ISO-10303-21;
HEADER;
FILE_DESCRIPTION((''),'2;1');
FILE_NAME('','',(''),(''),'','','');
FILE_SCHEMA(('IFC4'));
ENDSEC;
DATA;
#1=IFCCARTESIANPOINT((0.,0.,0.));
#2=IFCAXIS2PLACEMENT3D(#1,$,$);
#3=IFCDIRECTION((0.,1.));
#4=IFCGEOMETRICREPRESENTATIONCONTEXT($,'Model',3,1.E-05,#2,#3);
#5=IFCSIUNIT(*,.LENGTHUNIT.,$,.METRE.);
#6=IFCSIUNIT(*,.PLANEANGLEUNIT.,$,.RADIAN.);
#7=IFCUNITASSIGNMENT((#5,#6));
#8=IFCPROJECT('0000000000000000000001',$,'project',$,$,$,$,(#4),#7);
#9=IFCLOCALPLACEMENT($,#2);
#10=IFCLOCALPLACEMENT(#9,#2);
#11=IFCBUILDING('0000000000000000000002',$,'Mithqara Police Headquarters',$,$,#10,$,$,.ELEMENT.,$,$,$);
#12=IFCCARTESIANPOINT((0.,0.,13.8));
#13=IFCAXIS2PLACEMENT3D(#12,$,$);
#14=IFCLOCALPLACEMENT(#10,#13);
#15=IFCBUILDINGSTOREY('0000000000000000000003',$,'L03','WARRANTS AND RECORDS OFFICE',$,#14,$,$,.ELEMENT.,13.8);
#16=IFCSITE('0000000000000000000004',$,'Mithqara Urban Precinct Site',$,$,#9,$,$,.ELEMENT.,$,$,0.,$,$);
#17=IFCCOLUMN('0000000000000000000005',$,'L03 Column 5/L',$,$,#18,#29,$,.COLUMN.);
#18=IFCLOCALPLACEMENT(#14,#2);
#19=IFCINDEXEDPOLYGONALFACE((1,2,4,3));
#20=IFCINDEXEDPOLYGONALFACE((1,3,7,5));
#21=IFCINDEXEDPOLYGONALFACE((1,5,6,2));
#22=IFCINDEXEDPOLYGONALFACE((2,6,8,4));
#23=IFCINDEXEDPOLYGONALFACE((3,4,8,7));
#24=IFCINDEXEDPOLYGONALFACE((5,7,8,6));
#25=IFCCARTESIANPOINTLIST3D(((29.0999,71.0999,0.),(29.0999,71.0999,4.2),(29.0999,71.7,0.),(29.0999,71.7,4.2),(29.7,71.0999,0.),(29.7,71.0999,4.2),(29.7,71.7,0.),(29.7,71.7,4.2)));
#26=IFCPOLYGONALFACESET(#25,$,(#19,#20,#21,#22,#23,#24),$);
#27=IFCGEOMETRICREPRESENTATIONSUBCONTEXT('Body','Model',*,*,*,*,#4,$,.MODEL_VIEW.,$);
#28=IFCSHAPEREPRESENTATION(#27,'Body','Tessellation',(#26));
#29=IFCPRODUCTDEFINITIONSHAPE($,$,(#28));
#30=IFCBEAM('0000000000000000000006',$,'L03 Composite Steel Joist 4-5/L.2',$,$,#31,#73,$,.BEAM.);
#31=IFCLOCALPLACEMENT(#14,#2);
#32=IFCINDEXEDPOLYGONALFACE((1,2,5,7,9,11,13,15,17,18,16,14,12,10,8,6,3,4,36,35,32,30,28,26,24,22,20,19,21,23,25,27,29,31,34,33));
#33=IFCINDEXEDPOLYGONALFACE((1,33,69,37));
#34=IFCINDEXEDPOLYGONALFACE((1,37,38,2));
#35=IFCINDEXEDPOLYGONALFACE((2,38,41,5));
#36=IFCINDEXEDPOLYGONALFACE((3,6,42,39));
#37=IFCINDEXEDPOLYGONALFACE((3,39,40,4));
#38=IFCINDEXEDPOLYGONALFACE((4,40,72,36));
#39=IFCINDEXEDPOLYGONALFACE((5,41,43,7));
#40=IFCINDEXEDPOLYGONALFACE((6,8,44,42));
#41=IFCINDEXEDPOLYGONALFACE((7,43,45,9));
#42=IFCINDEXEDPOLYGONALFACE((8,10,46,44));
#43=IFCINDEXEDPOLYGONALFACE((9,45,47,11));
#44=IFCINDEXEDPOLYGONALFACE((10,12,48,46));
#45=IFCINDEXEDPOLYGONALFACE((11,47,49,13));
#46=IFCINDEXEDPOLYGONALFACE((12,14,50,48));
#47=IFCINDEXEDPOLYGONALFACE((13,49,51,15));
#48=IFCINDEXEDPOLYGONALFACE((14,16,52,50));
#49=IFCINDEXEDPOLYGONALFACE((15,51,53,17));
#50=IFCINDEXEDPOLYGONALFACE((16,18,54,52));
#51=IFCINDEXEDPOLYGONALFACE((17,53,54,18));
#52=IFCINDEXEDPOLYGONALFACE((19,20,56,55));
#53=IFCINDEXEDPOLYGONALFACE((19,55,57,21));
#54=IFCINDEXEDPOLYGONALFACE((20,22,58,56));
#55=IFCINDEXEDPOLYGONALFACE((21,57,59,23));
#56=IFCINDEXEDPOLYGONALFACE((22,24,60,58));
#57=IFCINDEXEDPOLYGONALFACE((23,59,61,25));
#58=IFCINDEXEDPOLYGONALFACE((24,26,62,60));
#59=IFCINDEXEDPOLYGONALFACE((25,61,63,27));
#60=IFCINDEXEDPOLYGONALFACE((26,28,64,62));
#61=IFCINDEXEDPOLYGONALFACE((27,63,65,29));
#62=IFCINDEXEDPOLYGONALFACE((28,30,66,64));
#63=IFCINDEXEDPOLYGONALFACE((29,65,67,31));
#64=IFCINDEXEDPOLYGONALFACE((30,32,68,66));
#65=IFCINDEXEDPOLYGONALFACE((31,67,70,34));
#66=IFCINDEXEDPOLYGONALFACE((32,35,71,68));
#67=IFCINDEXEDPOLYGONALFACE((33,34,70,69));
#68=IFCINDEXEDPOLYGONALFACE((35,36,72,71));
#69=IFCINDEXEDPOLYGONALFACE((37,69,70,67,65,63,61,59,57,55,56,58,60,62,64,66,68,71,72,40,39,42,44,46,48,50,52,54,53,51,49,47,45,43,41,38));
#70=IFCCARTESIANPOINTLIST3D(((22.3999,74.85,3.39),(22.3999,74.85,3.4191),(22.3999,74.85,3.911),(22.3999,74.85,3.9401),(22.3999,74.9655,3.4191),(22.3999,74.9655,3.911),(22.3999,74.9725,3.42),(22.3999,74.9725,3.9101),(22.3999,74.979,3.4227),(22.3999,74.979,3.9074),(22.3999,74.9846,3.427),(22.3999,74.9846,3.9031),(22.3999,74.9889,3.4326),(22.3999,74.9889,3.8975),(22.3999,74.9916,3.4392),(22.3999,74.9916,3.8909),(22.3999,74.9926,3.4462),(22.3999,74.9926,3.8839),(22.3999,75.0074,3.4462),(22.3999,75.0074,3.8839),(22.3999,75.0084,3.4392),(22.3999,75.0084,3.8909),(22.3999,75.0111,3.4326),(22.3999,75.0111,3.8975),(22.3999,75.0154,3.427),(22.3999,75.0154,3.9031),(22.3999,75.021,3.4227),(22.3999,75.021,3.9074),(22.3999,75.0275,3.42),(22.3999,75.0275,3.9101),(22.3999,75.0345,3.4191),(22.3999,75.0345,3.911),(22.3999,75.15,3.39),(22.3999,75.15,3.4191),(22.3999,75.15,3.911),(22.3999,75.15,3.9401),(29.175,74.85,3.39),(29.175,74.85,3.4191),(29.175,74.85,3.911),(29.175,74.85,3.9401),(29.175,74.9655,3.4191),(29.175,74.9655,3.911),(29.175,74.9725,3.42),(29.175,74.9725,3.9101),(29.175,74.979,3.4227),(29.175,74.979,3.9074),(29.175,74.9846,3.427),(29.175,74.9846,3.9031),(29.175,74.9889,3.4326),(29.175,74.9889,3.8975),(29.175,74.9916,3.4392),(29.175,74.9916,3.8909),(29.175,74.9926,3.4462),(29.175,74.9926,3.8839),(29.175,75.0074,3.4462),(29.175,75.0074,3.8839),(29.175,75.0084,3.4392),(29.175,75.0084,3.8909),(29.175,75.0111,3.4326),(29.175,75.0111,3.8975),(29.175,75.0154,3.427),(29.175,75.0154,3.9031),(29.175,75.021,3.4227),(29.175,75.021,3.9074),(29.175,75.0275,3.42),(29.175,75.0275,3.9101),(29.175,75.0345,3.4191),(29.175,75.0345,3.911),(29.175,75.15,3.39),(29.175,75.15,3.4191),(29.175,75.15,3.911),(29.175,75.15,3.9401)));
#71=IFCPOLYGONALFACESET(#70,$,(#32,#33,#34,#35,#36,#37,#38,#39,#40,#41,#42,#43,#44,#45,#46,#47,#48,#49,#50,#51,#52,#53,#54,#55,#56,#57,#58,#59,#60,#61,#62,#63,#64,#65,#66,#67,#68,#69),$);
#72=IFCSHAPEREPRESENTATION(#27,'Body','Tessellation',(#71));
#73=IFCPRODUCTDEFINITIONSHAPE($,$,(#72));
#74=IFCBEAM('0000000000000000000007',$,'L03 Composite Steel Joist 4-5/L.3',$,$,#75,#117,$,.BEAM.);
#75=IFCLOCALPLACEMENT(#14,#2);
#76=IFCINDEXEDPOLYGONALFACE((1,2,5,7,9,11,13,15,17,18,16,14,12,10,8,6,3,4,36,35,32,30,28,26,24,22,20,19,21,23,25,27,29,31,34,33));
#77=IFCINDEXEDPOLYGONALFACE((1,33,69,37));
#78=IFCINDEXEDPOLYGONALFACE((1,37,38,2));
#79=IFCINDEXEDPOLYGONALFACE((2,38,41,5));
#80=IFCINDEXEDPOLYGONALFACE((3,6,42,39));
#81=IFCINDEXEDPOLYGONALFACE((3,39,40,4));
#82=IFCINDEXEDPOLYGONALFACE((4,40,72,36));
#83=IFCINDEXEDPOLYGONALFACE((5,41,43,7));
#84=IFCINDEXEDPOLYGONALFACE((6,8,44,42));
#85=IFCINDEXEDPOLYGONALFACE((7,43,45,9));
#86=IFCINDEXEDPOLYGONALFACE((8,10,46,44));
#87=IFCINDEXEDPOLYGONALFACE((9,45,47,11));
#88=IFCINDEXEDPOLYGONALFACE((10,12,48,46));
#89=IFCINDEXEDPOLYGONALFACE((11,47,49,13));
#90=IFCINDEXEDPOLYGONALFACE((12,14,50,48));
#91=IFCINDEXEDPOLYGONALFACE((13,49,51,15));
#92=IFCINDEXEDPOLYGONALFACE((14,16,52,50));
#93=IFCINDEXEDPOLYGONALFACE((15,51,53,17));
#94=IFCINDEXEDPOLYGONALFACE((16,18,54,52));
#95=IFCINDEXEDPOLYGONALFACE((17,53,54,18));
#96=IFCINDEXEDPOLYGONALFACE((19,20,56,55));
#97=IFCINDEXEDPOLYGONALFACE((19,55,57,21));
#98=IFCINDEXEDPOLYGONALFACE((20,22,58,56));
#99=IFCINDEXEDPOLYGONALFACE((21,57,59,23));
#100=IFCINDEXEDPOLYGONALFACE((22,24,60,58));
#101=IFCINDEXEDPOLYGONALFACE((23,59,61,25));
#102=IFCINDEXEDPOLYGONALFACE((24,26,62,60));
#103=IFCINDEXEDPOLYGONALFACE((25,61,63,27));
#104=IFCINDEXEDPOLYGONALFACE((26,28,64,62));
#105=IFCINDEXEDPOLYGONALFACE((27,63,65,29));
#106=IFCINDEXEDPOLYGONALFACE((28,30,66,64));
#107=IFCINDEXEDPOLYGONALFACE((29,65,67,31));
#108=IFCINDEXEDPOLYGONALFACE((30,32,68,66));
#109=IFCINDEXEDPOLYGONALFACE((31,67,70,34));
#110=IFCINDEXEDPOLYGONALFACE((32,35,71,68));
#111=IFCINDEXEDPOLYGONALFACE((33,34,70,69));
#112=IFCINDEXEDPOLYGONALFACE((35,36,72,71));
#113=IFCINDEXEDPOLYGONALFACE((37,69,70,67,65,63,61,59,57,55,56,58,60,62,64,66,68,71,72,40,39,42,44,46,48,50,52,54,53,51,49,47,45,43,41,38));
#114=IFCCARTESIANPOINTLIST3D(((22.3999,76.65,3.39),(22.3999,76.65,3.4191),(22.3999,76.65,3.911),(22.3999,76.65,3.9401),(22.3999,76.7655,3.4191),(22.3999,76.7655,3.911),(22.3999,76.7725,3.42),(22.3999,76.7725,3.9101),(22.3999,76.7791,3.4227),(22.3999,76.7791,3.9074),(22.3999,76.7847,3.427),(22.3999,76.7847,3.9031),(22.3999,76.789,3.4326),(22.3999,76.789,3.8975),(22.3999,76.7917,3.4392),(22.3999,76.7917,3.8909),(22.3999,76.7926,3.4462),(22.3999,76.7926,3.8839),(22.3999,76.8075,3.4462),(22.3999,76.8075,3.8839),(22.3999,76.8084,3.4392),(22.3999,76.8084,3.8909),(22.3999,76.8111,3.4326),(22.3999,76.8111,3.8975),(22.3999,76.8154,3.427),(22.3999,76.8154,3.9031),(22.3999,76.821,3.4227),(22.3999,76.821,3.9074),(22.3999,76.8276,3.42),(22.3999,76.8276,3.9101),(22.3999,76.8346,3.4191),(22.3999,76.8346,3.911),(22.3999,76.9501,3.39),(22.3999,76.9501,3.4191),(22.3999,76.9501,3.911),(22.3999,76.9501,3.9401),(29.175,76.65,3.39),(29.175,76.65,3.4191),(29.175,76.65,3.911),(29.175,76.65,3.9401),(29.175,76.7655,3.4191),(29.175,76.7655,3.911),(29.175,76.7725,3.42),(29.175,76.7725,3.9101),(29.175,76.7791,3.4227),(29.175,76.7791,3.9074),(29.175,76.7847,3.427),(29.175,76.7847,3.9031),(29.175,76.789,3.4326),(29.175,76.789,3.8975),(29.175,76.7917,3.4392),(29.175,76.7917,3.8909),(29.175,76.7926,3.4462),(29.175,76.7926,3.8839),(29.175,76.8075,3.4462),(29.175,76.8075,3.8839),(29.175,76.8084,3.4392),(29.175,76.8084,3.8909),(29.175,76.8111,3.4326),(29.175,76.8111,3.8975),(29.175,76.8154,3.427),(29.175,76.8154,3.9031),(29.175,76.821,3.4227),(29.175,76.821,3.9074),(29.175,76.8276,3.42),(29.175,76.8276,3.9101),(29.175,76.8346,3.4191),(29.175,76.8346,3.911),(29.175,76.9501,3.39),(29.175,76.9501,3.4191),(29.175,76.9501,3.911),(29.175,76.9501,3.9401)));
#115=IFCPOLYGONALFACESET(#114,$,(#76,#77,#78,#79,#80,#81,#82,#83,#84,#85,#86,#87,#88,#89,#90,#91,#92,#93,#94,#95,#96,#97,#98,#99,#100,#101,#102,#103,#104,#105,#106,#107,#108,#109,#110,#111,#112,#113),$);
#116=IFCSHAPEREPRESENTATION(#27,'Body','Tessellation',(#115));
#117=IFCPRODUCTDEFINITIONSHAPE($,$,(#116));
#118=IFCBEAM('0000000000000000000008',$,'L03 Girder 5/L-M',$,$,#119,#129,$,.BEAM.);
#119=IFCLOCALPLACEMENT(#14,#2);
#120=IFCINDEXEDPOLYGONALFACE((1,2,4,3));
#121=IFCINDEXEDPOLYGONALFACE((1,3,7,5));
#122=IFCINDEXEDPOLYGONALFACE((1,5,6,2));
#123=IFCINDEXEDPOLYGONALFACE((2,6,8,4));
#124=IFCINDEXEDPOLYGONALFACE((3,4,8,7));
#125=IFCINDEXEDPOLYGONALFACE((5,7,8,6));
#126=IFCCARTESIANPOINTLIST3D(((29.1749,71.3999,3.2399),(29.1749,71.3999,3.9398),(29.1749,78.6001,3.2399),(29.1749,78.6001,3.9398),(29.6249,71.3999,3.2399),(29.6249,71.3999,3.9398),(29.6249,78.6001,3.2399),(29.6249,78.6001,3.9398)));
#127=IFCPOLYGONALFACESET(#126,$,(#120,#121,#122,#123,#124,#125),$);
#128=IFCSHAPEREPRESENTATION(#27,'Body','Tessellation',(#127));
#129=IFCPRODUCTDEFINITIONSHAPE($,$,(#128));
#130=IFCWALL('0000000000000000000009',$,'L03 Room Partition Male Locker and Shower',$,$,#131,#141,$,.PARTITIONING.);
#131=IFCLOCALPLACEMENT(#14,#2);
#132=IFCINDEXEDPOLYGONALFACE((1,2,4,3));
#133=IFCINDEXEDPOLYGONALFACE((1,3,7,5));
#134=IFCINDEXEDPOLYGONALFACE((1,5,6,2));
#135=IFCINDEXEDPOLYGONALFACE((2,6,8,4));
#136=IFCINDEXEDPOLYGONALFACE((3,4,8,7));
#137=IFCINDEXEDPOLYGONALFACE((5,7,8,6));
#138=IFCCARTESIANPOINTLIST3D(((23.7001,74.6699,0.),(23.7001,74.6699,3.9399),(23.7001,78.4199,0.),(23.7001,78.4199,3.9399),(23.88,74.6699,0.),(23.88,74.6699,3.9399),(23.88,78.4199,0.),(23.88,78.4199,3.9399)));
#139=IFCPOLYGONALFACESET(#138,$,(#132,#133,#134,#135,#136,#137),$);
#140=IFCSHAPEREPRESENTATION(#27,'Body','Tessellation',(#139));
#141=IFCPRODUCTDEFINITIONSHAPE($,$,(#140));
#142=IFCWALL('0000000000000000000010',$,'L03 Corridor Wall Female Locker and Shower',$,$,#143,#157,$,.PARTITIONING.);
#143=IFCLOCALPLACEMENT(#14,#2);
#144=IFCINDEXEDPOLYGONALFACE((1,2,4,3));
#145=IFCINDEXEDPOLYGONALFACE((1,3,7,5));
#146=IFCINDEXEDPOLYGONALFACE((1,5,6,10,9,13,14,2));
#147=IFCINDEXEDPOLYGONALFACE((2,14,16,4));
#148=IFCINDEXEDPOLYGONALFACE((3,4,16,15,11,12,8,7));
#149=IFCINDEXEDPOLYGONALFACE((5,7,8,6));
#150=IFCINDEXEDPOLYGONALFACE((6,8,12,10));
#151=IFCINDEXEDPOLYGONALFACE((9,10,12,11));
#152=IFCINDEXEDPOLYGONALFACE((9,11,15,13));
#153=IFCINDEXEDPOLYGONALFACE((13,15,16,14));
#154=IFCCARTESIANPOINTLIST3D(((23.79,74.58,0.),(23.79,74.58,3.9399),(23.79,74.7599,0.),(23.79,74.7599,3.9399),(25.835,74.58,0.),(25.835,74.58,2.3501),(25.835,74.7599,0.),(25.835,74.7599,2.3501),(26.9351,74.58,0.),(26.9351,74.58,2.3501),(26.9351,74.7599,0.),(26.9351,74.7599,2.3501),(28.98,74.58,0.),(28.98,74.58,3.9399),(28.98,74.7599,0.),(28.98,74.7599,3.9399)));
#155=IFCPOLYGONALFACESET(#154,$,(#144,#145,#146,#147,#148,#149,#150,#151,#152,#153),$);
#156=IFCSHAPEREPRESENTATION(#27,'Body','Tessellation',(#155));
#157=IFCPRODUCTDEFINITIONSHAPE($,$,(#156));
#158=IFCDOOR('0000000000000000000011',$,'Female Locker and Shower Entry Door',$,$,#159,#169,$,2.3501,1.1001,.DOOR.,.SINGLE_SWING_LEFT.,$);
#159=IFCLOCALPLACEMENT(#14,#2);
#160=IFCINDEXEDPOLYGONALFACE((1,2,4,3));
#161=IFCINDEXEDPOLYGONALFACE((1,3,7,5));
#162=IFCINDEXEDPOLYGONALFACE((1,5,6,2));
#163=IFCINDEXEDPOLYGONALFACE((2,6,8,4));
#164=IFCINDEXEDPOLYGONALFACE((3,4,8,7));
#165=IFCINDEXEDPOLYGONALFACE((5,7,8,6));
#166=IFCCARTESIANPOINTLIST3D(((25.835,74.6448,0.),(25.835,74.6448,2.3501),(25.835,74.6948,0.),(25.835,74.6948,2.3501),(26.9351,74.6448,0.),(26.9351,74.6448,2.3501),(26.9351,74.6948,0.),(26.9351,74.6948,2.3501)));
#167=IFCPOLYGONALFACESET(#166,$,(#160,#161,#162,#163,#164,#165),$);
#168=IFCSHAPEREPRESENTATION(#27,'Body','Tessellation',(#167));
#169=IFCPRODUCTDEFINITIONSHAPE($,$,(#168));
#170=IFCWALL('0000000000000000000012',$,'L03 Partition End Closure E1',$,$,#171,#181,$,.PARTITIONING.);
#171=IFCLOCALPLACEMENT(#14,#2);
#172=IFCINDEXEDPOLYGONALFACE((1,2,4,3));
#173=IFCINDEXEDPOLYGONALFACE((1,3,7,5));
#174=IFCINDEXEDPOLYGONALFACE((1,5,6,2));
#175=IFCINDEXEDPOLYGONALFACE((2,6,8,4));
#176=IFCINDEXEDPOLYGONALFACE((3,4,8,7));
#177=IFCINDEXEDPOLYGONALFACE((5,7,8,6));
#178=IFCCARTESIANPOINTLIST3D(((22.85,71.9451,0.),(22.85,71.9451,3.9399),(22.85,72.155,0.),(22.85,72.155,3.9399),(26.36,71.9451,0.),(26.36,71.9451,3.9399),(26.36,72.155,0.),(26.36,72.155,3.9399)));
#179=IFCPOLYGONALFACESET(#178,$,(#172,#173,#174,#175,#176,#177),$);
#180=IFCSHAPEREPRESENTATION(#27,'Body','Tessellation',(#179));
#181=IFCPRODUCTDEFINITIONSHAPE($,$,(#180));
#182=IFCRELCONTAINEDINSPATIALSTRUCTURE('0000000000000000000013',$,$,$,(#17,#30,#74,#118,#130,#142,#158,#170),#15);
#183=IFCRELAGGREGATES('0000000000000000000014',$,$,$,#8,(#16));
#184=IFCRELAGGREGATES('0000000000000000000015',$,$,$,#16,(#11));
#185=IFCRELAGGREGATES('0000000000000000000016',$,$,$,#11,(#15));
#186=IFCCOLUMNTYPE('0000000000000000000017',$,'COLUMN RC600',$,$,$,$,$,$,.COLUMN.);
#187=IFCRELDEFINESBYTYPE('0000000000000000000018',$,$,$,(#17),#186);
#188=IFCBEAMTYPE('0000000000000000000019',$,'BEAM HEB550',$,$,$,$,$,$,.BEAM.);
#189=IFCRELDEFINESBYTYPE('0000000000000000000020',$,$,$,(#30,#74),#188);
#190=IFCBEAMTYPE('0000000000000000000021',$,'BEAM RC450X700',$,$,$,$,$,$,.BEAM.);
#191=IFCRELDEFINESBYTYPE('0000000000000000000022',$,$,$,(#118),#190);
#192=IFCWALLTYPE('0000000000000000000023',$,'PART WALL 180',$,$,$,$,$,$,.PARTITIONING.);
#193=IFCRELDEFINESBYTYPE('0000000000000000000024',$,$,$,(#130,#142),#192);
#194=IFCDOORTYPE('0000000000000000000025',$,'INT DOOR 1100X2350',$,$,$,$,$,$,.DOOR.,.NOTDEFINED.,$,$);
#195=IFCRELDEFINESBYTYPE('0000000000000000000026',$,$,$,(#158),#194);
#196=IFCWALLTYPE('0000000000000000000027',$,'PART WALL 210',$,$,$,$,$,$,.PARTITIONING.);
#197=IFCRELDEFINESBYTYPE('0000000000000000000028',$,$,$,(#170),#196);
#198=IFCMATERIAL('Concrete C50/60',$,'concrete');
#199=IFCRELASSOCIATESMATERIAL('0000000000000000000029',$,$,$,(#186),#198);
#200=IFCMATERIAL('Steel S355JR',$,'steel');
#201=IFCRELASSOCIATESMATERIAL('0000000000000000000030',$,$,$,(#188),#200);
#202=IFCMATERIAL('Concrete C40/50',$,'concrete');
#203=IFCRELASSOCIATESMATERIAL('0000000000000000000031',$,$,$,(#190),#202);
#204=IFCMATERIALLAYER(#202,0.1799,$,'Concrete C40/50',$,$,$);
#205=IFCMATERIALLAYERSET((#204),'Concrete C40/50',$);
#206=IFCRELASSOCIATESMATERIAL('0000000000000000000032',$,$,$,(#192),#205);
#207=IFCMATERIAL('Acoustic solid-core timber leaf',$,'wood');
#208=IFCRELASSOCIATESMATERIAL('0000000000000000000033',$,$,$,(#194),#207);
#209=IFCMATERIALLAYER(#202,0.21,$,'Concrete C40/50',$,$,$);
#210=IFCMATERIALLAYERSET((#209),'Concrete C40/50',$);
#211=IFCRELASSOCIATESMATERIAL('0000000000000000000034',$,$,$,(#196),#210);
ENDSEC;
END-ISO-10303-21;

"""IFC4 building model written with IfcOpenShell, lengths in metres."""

from ifc_helpers import new_model, si_unit, direction, frame, frame_2d, origin, origin_2d, place, context, subcontext, project, spatial, rectangle, i_section, extrude, material, layer, layer_set, material_profile, profile_set, type_object, element, fill, save


model = new_model("IFC4")

# Units and contexts
model_context = context("Model", 3, precision=1e-05, world=origin(), true_north=direction((0.0, 1.0)))
body_context = subcontext(model_context, "Body", "Model", "MODEL_VIEW")
ifc_project = project(units=[si_unit("LENGTHUNIT", "METRE"), si_unit("PLANEANGLEUNIT", "RADIAN")], contexts=[model_context])

# Site, building, storey
site_placement = place(None, origin())
site = spatial("IfcSite", under=ifc_project, at=site_placement, Name="Mithqara Urban Precinct Site", CompositionType="ELEMENT", RefElevation=0.0)
building_placement = place(site_placement, origin())
building = spatial("IfcBuilding", under=site, at=building_placement, Name="Mithqara Police Headquarters", CompositionType="ELEMENT")
storey_placement = place(building_placement, frame((0.0, 0.0, 13.8)))
storey = spatial("IfcBuildingStorey", under=building, at=storey_placement, Name="L03", Description="WARRANTS AND RECORDS OFFICE", CompositionType="ELEMENT", Elevation=13.8)

# Column
ifc_material_1 = material(Name="Concrete C50/60", Category="concrete")
ifc_material_profile_1 = material_profile(ifc_material_1, rectangle(XDim=0.6001, YDim=0.6001, at=origin_2d()), Name="RC 600x600")
ifc_profile_set_1 = profile_set([ifc_material_profile_1], Name="Concrete C50/60")
column_type = type_object("IfcColumnType", Name="COLUMN RC600", PredefinedType="COLUMN", material=ifc_profile_set_1)
column_placement = place(storey_placement, frame((29.3999, 71.3999, 0.0), z_axis=(0.0, 0.0, 1.0), x_axis=(1.0, 0.0, 0.0)))
element("IfcColumn", 1, at=column_placement, inside=storey, type_object=column_type, Name="L03 Column 5/L", PredefinedType="COLUMN", context=body_context, shape_type="SweptSolid", body=[
    extrude(rectangle(XDim=0.6001, YDim=0.6001, at=origin_2d()), origin(), (0.0, 0.0, 1.0), 4.2),
])

# Beams
ifc_material_2 = material(Name="Steel S355JR", Category="steel")
ifc_material_profile_2 = material_profile(ifc_material_2, i_section(OverallWidth=0.3, OverallDepth=0.55, WebThickness=0.0149, FlangeThickness=0.0291, FilletRadius=0.0271, at=origin_2d()), Name="HEB 550")
ifc_profile_set_2 = profile_set([ifc_material_profile_2], Name="Steel S355JR")
beam_type_1 = type_object("IfcBeamType", Name="BEAM HEB550", PredefinedType="BEAM", material=ifc_profile_set_2)
for number, where, z_axis, x_axis, name in (
    (2, (22.3999, 75.0, 3.665), (1.0, 0.0, 0.0), (0.0, 1.0, 0.0), "L03 Composite Steel Joist 4-5/L.2"),
    (3, (22.3999, 76.8, 3.665), (1.0, 0.0, 0.0), (0.0, 1.0, 0.0), "L03 Composite Steel Joist 4-5/L.3"),
):
    element("IfcBeam", number, at=place(storey_placement, frame(where, z_axis=z_axis, x_axis=x_axis)), inside=storey, type_object=beam_type_1, Name=name, PredefinedType="BEAM", context=body_context, shape_type="SweptSolid", body=[
        extrude(i_section(OverallWidth=0.3, OverallDepth=0.55, WebThickness=0.0149, FlangeThickness=0.0291, FilletRadius=0.0271, at=origin_2d()), origin(), (0.0, 0.0, 1.0), 6.7751),
    ])
ifc_material_3 = material(Name="Concrete C40/50", Category="concrete")
ifc_material_profile_3 = material_profile(ifc_material_3, rectangle(XDim=0.45, YDim=0.7, at=origin_2d()), Name="RC 450x700")
ifc_profile_set_3 = profile_set([ifc_material_profile_3], Name="Concrete C40/50")
beam_type_2 = type_object("IfcBeamType", Name="BEAM RC450X700", PredefinedType="BEAM", material=ifc_profile_set_3)
beam_placement = place(storey_placement, frame((29.3999, 71.3999, 3.5898), z_axis=(0.0, 1.0, 0.0), x_axis=(-1.0, 0.0, 0.0)))
element("IfcBeam", 4, at=beam_placement, inside=storey, type_object=beam_type_2, Name="L03 Girder 5/L-M", PredefinedType="BEAM", context=body_context, shape_type="SweptSolid", body=[
    extrude(rectangle(XDim=0.45, YDim=0.7, at=origin_2d()), origin(), (0.0, 0.0, 1.0), 7.2002),
])

# Wall
ifc_layer_1 = layer(ifc_material_3, 0.1799, Name="Concrete C40/50")
ifc_layer_set_1 = layer_set([ifc_layer_1], Name="Concrete C40/50")
wall_type_1 = type_object("IfcWallType", Name="PART WALL 180", PredefinedType="PARTITIONING", material=ifc_layer_set_1)
wall_1_placement = place(storey_placement, frame((23.79, 74.6699, 0.0), z_axis=(0.0, 0.0, 1.0), x_axis=(0.0, 1.0, 0.0)))
element("IfcWall", 5, at=wall_1_placement, inside=storey, type_object=wall_type_1, Name="L03 Room Partition Male Locker and Shower", PredefinedType="PARTITIONING", context=body_context, shape_type="SweptSolid", body=[
    extrude(rectangle(XDim=3.75, YDim=0.1799, at=frame_2d((1.875, 0.0))), origin(), (0.0, 0.0, 1.0), 3.9399),
])

# Wall, opening, door
wall_2_placement = place(storey_placement, frame((23.79, 74.6699, 0.0), z_axis=(0.0, 0.0, 1.0), x_axis=(1.0, 0.0, 0.0)))
wall_2 = element("IfcWall", 6, at=wall_2_placement, inside=storey, type_object=wall_type_1, Name="L03 Corridor Wall Female Locker and Shower", PredefinedType="PARTITIONING", context=body_context, shape_type="SweptSolid", body=[
    extrude(rectangle(XDim=5.1899, YDim=0.1799, at=frame_2d((2.595, 0.0))), origin(), (0.0, 0.0, 1.0), 3.9399),
])
opening_1_placement = place(wall_2_placement, frame((2.0449, 0.0, 0.0)))
opening_1 = element("IfcOpeningElement", 7, at=opening_1_placement, cuts=wall_2, PredefinedType="OPENING", context=body_context, shape_type="SweptSolid", body=[
    extrude(rectangle(XDim=1.1001, YDim=2.3501, at=frame_2d((0.55, 1.175))), frame((0.0, 0.1001, 0.0), z_axis=(0.0, -1.0, 0.0), x_axis=(1.0, 0.0, 0.0)), (0.0, 0.0, 1.0), 0.2),
])
ifc_material_4 = material(Name="Acoustic solid-core timber leaf", Category="wood")
door_type = type_object("IfcDoorType", Name="INT DOOR 1100X2350", OperationType="NOTDEFINED", PredefinedType="DOOR", material=ifc_material_4)
door_placement = place(opening_1_placement, origin())
door = element("IfcDoor", 8, at=door_placement, inside=storey, type_object=door_type, Name="Female Locker and Shower Entry Door", OperationType="SINGLE_SWING_LEFT", OverallHeight=2.3501, OverallWidth=1.1001, PredefinedType="DOOR", context=body_context, shape_type="SweptSolid", body=[
    extrude(rectangle(XDim=1.1001, YDim=2.3501, at=frame_2d((0.55, 1.175))), frame((0.0, 0.0249, 0.0), z_axis=(0.0, -1.0, 0.0), x_axis=(1.0, 0.0, 0.0)), (0.0, 0.0, 1.0), 0.05),
])
fill(opening_1, door)

# Wall
ifc_layer_2 = layer(ifc_material_3, 0.21, Name="Concrete C40/50")
ifc_layer_set_2 = layer_set([ifc_layer_2], Name="Concrete C40/50")
wall_type_2 = type_object("IfcWallType", Name="PART WALL 210", PredefinedType="PARTITIONING", material=ifc_layer_set_2)
wall_3_placement = place(storey_placement, frame((22.8501, 72.05, 0.0), z_axis=(0.0, 0.0, 1.0), x_axis=(1.0, 0.0, 0.0)))
element("IfcWall", 9, at=wall_3_placement, inside=storey, type_object=wall_type_2, Name="L03 Partition End Closure E1", PredefinedType="PARTITIONING", context=body_context, shape_type="SweptSolid", body=[
    extrude(rectangle(XDim=3.51, YDim=0.21, at=frame_2d((1.7549, 0.0))), origin(), (0.0, 0.0, 1.0), 3.9399),
])

save(model, "model.ifc")
